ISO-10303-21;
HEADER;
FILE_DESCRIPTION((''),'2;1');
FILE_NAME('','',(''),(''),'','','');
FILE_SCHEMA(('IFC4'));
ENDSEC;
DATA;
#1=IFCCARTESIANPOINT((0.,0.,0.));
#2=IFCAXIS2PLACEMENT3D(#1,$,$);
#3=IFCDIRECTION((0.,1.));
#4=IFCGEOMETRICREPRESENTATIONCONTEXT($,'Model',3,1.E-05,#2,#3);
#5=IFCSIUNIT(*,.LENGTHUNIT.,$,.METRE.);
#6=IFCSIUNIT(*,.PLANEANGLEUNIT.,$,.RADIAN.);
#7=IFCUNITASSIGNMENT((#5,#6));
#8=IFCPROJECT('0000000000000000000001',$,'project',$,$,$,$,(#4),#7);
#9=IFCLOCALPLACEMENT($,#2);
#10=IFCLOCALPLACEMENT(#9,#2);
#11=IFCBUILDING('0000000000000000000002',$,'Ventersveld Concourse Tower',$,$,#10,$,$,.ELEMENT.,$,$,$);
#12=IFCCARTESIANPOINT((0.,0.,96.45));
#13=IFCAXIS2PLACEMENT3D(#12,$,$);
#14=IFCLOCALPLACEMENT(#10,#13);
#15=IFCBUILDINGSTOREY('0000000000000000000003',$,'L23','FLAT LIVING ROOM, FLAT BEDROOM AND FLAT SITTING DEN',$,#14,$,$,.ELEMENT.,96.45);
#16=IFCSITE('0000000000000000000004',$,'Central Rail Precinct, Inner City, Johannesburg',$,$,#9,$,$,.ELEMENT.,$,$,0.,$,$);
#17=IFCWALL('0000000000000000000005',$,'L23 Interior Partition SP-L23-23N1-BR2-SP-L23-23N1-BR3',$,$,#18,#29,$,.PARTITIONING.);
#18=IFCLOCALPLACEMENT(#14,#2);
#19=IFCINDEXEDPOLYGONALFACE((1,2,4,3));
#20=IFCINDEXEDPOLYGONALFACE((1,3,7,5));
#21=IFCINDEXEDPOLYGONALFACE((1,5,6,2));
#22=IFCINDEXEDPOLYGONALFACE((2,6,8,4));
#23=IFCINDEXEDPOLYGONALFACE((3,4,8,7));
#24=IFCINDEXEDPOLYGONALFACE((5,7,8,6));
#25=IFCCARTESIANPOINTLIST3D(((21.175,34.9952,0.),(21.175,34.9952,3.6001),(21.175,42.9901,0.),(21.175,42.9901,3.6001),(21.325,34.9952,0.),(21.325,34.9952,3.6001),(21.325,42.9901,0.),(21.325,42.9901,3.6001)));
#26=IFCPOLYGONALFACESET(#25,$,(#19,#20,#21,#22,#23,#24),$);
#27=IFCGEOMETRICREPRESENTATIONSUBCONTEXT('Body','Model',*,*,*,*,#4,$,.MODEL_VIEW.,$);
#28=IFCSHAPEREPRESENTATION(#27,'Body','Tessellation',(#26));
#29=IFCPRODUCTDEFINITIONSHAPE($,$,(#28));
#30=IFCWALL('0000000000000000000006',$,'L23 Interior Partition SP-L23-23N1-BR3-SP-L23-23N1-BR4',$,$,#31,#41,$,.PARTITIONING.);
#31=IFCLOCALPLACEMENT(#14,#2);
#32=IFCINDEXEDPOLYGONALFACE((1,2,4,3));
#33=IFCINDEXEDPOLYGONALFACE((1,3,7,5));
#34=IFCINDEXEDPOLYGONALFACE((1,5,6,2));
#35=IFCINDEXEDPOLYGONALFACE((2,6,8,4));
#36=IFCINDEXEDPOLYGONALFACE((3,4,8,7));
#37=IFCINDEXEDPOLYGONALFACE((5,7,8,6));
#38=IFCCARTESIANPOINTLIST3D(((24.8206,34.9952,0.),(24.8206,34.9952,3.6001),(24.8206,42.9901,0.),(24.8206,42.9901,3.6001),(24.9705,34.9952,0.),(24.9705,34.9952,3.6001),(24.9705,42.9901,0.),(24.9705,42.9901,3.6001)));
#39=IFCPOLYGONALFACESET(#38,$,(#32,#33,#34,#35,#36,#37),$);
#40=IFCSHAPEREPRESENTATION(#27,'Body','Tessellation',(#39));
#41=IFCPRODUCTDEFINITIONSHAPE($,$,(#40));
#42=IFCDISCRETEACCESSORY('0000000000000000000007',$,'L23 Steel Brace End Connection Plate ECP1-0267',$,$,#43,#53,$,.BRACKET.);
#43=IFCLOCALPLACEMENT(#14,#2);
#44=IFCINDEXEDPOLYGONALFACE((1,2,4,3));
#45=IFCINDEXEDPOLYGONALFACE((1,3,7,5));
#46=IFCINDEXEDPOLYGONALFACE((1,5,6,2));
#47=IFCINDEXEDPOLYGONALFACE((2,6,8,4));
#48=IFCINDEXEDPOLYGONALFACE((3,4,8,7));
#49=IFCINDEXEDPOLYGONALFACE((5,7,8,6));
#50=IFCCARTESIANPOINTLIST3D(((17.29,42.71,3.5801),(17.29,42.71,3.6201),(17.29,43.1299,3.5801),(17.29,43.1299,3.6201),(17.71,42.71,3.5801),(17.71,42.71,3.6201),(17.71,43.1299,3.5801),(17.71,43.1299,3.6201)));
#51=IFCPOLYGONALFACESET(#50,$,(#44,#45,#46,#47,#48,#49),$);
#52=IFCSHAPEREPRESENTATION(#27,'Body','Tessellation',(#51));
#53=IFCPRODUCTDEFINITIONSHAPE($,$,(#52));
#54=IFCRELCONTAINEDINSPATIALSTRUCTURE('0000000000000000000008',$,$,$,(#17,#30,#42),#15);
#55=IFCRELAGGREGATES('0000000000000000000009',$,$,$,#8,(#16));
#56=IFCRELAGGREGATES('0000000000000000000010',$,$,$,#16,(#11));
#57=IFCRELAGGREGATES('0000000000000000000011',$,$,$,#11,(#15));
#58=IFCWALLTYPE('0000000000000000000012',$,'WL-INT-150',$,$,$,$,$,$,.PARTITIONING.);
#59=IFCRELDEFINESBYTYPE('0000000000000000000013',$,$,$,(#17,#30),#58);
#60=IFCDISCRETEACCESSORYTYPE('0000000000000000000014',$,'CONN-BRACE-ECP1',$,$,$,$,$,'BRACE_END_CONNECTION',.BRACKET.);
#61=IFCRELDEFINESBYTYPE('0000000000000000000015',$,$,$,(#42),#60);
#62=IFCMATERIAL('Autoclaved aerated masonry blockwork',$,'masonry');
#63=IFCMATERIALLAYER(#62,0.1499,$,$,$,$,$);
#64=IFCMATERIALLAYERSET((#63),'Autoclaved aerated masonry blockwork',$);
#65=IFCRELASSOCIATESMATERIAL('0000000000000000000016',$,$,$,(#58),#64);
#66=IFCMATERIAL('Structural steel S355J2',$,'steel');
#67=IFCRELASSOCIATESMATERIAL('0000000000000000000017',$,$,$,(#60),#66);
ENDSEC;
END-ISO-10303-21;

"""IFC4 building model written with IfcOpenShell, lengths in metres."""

from ifc_helpers import new_model, si_unit, direction, frame, frame_2d, origin, origin_2d, place, context, subcontext, project, spatial, rectangle, extrude, material, layer, layer_set, type_object, element, save


model = new_model("IFC4")

# Units and contexts
model_context = context("Model", 3, precision=1e-05, world=origin(), true_north=direction((0.0, 1.0)))
body_context = subcontext(model_context, "Body", "Model", "MODEL_VIEW")
ifc_project = project(units=[si_unit("LENGTHUNIT", "METRE"), si_unit("PLANEANGLEUNIT", "RADIAN")], contexts=[model_context])

# Site, building, storey
site_placement = place(None, origin())
site = spatial("IfcSite", under=ifc_project, at=site_placement, Name="Central Rail Precinct, Inner City, Johannesburg", CompositionType="ELEMENT", RefElevation=0.0)
building_placement = place(site_placement, origin())
building = spatial("IfcBuilding", under=site, at=building_placement, Name="Ventersveld Concourse Tower", CompositionType="ELEMENT")
storey_placement = place(building_placement, frame((0.0, 0.0, 96.45)))
storey = spatial("IfcBuildingStorey", under=building, at=storey_placement, Name="L23", Description="FLAT LIVING ROOM, FLAT BEDROOM AND FLAT SITTING DEN", CompositionType="ELEMENT", Elevation=96.45)

# Shared definitions
ifc_material_1 = material(Name="Structural steel S355J2", Category="steel")

# Shared definitions
ifc_material_2 = material(Name="Autoclaved aerated masonry blockwork", Category="masonry")
ifc_layer_1 = layer(ifc_material_2, 0.1499)
ifc_layer_set_1 = layer_set([ifc_layer_1], Name="Autoclaved aerated masonry blockwork")
wall_type_1 = type_object("IfcWallType", Name="WL-INT-150", PredefinedType="PARTITIONING", material=ifc_layer_set_1)

# Walls
for number, where, z_axis, x_axis, name in (
    (1, (21.25, 34.9951, 0.0), (0.0, 0.0, 1.0), (0.0, 1.0, 0.0), "L23 Interior Partition SP-L23-23N1-BR2-SP-L23-23N1-BR3"),
    (2, (24.8955, 34.9951, 0.0), (0.0, 0.0, 1.0), (0.0, 1.0, 0.0), "L23 Interior Partition SP-L23-23N1-BR3-SP-L23-23N1-BR4"),
):
    element("IfcWall", number, at=place(storey_placement, frame(where, z_axis=z_axis, x_axis=x_axis)), inside=storey, type_object=wall_type_1, Name=name, PredefinedType="PARTITIONING", context=body_context, shape_type="SweptSolid", body=[
        extrude(rectangle(XDim=7.9949, YDim=0.1499, at=frame_2d((3.9976, 0.0))), origin(), (0.0, 0.0, 1.0), 3.6001),
    ])

# Discrete accessory
discrete_accessory_type = type_object("IfcDiscreteAccessoryType", Name="CONN-BRACE-ECP1", ElementType="BRACE_END_CONNECTION", PredefinedType="BRACKET", material=ifc_material_1)
discrete_accessory_placement = place(storey_placement, frame((17.5, 42.9199, 3.5801), z_axis=(0.0, 0.0, 1.0), x_axis=(1.0, 0.0, 0.0)))
element("IfcDiscreteAccessory", 3, at=discrete_accessory_placement, inside=storey, type_object=discrete_accessory_type, Name="L23 Steel Brace End Connection Plate ECP1-0267", PredefinedType="BRACKET", context=body_context, shape_type="SweptSolid", body=[
    extrude(rectangle(XDim=0.4199, YDim=0.4199, at=origin_2d()), origin(), (0.0, 0.0, 1.0), 0.04),
])

save(model, "model.ifc")
